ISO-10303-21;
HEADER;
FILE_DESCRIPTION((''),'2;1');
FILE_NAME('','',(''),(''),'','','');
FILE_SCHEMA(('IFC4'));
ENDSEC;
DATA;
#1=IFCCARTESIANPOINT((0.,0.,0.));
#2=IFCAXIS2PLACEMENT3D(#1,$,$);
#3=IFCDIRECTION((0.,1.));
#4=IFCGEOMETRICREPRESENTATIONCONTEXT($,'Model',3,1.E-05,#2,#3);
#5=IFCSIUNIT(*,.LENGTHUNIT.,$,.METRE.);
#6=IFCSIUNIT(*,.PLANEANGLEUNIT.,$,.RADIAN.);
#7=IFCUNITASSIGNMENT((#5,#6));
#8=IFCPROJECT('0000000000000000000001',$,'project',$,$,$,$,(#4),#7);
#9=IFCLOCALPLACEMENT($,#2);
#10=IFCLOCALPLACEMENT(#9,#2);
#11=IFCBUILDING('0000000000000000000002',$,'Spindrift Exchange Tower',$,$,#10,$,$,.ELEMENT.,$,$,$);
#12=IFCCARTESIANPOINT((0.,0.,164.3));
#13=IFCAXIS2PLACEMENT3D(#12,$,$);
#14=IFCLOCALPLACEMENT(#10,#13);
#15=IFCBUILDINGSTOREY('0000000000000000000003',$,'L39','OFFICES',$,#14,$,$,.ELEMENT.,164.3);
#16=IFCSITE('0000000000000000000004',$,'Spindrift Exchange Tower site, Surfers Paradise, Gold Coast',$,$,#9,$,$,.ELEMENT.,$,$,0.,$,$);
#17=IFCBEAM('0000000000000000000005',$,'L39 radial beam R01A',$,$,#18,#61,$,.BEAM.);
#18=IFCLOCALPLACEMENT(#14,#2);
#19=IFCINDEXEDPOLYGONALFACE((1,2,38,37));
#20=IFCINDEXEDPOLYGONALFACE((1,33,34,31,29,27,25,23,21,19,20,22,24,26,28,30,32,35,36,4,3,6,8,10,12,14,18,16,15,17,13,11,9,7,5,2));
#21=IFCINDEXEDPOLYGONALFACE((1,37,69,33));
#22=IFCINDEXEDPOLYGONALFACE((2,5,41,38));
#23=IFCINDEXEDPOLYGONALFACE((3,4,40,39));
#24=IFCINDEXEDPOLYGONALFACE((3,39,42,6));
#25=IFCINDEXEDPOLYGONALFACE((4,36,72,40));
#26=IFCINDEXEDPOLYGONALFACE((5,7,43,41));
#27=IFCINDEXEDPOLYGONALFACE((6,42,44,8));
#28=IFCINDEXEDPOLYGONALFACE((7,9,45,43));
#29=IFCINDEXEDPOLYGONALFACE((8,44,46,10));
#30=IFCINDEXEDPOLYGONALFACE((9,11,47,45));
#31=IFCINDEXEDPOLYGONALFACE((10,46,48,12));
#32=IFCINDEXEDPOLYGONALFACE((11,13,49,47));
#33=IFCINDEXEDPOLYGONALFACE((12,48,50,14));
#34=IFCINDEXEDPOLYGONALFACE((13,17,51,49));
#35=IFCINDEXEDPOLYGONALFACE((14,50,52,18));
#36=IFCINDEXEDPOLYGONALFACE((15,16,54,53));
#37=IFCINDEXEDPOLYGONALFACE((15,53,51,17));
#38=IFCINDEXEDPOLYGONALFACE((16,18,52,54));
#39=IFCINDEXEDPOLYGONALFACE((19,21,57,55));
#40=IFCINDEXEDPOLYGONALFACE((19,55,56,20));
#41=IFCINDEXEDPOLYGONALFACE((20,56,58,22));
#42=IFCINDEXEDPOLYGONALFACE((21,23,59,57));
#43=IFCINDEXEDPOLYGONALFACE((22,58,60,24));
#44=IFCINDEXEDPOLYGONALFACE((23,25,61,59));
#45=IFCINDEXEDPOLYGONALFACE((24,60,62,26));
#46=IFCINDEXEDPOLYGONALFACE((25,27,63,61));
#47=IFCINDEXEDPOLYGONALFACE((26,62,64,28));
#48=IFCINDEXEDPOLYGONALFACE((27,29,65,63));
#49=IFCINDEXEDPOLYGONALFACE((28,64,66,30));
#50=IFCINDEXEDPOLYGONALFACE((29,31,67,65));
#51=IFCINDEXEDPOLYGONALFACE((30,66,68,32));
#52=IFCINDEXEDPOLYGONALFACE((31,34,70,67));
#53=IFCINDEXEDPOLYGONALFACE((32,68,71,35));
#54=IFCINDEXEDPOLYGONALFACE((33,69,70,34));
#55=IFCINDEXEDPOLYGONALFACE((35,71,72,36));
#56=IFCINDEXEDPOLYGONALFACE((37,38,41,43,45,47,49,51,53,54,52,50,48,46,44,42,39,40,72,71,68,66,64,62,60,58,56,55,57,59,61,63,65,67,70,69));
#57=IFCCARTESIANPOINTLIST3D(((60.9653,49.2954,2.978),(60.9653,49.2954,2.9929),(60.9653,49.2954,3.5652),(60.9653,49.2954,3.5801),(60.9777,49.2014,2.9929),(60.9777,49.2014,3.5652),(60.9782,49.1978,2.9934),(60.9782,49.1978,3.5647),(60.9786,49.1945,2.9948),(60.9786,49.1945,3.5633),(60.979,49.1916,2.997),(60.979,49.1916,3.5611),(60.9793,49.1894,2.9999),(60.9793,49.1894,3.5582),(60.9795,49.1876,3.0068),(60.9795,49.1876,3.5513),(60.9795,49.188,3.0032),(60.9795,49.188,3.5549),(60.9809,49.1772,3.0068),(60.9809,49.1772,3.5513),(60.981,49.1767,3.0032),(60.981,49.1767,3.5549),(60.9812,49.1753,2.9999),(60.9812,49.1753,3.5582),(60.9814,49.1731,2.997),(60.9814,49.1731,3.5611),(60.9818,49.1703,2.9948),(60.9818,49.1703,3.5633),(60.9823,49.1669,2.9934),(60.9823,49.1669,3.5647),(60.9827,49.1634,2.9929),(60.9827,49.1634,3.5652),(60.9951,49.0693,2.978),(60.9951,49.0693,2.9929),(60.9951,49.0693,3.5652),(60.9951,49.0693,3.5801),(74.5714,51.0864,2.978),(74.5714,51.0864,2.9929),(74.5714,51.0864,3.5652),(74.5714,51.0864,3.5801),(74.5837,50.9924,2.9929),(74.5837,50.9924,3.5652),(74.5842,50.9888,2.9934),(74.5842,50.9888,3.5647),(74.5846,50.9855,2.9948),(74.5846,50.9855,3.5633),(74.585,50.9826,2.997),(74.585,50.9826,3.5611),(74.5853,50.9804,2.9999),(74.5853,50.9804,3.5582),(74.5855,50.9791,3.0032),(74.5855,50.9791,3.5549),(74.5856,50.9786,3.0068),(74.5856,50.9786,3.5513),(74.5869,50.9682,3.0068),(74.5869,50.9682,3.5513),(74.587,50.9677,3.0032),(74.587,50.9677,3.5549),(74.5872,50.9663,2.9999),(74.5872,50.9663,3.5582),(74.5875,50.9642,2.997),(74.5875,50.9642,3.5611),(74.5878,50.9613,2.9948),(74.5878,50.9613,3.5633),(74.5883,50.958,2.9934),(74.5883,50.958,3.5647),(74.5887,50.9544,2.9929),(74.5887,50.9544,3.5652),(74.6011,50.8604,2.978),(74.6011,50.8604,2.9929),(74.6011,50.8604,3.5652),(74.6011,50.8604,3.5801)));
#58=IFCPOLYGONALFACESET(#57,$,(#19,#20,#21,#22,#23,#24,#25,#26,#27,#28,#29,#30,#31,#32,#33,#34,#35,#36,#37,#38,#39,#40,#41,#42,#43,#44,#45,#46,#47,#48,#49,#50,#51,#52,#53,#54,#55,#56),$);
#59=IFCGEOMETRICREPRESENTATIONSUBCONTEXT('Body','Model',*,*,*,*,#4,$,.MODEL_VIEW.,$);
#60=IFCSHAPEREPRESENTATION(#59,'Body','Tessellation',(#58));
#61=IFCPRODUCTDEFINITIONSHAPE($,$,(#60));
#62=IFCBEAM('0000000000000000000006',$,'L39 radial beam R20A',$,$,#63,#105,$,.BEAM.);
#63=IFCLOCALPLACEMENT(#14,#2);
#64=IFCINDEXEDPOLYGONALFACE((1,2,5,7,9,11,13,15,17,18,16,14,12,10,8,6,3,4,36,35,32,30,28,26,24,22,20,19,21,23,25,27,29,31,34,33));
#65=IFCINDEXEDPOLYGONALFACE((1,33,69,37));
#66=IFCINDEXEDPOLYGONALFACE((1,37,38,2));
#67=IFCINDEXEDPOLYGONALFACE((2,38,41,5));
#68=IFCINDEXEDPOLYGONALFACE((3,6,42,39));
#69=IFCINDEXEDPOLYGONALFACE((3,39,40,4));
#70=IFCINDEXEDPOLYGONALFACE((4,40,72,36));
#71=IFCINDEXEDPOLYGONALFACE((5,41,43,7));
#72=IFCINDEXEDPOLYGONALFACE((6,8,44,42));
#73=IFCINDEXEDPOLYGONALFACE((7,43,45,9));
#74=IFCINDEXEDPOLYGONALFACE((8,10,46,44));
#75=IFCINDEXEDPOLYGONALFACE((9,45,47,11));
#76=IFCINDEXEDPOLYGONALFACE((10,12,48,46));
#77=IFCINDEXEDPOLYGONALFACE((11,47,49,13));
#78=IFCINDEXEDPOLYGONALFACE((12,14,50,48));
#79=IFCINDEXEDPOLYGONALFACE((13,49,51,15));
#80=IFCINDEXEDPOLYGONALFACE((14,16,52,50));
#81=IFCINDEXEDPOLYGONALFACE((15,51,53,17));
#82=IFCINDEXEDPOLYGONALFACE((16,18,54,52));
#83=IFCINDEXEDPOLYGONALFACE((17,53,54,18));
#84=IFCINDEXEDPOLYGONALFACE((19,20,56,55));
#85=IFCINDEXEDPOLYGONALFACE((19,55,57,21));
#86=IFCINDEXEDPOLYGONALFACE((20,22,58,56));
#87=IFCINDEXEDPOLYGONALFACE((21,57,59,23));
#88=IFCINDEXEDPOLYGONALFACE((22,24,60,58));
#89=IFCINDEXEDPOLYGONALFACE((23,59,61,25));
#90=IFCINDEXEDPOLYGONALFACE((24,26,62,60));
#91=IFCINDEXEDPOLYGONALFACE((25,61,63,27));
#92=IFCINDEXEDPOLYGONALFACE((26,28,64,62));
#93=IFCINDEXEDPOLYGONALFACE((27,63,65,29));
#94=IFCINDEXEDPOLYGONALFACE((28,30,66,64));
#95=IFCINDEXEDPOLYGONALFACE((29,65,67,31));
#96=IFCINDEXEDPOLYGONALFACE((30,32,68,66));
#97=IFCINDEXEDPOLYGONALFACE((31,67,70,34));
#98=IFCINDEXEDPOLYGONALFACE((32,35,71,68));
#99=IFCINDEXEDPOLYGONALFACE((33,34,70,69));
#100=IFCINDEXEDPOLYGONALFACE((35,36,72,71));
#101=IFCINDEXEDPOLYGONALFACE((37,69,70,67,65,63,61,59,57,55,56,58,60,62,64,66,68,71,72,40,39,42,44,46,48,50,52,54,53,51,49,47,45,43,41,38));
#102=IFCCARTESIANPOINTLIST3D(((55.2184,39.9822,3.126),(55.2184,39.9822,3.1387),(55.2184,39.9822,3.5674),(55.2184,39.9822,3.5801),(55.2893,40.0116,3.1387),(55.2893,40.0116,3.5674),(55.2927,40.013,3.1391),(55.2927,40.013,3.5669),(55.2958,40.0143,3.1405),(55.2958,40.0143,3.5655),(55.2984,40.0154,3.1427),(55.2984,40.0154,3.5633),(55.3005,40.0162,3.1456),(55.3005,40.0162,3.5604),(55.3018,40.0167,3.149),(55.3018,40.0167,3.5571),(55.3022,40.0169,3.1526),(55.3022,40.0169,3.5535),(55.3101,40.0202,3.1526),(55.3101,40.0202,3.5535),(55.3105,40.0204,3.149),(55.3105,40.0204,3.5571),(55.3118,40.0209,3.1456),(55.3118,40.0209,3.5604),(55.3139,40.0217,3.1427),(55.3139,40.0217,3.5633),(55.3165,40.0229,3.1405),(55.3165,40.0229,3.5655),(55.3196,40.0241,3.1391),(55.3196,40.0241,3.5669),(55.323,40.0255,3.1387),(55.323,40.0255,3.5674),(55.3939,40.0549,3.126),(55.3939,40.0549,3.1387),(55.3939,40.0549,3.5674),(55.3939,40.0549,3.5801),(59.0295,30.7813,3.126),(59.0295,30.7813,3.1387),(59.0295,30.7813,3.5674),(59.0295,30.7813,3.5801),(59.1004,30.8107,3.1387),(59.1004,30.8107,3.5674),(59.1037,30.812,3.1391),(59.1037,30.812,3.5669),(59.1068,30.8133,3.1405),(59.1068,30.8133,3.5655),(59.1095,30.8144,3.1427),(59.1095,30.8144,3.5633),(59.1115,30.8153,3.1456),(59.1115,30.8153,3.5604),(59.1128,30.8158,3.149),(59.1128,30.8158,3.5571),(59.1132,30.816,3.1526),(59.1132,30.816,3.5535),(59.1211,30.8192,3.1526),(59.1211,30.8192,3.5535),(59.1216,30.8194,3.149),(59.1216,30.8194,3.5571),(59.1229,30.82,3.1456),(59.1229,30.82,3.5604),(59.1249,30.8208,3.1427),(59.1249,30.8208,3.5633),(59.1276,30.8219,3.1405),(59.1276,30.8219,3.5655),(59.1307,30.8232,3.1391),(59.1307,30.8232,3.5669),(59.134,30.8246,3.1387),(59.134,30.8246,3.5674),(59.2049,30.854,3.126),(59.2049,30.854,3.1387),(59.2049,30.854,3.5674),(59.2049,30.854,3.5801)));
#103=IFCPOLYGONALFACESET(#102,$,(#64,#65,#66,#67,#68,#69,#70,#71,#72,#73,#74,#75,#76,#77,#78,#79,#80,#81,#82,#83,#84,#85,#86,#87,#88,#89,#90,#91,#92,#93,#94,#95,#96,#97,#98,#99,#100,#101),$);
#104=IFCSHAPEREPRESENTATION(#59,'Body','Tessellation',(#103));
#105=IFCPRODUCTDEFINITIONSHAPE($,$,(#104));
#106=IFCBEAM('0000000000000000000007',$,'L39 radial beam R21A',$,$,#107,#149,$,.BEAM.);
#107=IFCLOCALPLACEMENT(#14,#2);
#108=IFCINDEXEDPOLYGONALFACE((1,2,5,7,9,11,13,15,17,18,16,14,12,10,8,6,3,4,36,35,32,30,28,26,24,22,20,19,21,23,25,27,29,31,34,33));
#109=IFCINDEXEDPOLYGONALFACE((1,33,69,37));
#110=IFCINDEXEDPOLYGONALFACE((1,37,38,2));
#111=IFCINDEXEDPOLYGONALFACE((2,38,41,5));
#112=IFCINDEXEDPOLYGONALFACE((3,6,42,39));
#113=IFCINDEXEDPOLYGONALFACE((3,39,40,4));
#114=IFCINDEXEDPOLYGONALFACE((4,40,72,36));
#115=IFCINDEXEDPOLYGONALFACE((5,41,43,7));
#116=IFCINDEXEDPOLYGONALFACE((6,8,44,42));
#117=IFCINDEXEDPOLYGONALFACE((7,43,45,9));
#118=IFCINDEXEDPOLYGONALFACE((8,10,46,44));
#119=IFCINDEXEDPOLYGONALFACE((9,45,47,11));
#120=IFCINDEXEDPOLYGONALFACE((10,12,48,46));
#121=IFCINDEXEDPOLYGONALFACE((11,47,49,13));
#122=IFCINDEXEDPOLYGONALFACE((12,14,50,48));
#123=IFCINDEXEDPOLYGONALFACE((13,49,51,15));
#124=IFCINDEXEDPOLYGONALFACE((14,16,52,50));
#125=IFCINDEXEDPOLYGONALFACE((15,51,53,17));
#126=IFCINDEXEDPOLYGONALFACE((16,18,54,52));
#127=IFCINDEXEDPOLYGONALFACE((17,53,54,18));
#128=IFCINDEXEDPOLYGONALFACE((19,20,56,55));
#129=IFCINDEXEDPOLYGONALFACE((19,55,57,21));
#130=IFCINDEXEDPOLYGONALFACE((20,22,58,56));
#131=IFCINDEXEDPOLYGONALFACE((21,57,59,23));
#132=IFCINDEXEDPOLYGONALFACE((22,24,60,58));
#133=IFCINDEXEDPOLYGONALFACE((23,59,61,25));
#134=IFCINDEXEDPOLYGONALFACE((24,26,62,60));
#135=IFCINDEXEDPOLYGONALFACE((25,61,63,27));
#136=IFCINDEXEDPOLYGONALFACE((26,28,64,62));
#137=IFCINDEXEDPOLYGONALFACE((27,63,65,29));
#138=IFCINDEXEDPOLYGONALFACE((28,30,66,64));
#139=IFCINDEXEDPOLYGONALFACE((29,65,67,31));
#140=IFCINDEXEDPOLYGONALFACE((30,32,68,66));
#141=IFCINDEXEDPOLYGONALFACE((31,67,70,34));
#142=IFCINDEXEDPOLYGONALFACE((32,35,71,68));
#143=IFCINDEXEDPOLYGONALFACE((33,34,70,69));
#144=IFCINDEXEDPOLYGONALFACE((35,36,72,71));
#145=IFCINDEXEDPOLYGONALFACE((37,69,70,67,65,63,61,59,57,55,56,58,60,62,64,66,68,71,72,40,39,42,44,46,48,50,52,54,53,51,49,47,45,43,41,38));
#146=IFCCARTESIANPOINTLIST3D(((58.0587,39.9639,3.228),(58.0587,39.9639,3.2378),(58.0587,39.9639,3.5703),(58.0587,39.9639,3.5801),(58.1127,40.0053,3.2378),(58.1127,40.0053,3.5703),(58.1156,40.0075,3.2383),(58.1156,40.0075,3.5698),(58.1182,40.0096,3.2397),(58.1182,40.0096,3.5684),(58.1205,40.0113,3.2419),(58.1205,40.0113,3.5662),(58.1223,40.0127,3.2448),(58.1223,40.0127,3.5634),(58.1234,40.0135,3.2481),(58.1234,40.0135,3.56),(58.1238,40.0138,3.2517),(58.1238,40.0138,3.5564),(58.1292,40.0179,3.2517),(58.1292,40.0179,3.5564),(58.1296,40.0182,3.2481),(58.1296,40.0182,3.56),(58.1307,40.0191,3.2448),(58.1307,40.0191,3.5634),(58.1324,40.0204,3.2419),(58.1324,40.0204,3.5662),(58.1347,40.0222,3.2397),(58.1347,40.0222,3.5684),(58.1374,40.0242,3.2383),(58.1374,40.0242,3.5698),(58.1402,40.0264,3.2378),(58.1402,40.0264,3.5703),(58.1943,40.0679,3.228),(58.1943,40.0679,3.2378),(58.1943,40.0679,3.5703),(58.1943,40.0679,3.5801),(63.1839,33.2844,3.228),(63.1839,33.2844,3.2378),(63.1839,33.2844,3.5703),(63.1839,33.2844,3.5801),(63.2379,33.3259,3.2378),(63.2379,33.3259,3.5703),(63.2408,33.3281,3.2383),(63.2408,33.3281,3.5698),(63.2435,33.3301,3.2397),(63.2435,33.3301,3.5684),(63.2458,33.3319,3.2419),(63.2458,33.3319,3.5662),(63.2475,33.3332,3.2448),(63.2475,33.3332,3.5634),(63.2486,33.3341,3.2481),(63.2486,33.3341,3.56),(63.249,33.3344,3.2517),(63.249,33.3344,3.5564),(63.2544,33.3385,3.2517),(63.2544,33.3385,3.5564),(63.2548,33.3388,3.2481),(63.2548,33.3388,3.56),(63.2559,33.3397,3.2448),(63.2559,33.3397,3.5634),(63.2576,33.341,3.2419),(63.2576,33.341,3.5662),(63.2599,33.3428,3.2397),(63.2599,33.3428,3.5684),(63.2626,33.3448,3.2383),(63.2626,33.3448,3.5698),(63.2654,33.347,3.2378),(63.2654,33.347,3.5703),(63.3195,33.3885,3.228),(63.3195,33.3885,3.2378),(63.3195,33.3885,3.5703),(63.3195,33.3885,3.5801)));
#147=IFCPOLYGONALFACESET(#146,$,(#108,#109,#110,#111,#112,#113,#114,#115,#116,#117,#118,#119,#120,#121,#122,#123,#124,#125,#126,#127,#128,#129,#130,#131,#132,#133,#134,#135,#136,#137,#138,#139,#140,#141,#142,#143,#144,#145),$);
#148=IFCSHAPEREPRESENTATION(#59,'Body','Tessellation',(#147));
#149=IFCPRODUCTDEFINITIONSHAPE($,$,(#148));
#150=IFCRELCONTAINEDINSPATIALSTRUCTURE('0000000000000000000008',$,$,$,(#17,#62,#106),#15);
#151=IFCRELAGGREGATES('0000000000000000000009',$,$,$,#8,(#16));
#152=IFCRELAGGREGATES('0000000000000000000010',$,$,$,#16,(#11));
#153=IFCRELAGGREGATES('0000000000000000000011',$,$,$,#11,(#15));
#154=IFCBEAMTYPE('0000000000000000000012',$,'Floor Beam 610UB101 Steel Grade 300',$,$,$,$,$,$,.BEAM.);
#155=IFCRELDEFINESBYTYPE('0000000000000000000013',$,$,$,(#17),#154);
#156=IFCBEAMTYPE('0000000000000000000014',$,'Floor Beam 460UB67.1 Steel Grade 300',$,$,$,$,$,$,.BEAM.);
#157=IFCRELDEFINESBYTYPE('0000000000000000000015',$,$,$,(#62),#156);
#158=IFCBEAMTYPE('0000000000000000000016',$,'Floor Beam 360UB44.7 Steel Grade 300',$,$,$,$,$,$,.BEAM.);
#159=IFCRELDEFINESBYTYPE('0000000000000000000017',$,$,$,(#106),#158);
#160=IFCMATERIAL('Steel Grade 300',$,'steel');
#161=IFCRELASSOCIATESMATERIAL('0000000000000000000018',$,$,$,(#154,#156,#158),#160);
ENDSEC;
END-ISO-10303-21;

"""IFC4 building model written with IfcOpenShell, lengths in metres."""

from ifc_helpers import new_model, si_unit, direction, frame, origin, origin_2d, place, context, subcontext, project, spatial, i_section, extrude, source, transform, mapped, material, material_profile, profile_set, type_object, element, save


model = new_model("IFC4")

# Units and contexts
model_context = context("Model", 3, precision=1e-05, world=origin(), true_north=direction((0.0, 1.0)))
body_context = subcontext(model_context, "Body", "Model", "MODEL_VIEW")
ifc_project = project(units=[si_unit("LENGTHUNIT", "METRE"), si_unit("PLANEANGLEUNIT", "RADIAN")], contexts=[model_context])

# Site, building, storey
site_placement = place(None, origin())
site = spatial("IfcSite", under=ifc_project, at=site_placement, Name="Spindrift Exchange Tower site, Surfers Paradise, Gold Coast", CompositionType="ELEMENT", RefElevation=0.0)
building_placement = place(site_placement, origin())
building = spatial("IfcBuilding", under=site, at=building_placement, Name="Spindrift Exchange Tower", CompositionType="ELEMENT")
storey_placement = place(building_placement, frame((0.0, 0.0, 164.3)))
storey = spatial("IfcBuildingStorey", under=building, at=storey_placement, Name="L39", Description="OFFICES", CompositionType="ELEMENT", Elevation=164.3)

# Beams
ifc_material_1 = material(Name="Steel Grade 300", Category="steel")
ifc_material_profile_1 = material_profile(ifc_material_1, i_section(OverallWidth=0.228, OverallDepth=0.6021, WebThickness=0.0105, FlangeThickness=0.0149, FilletRadius=0.0139, at=origin_2d()), Name="610UB101")
ifc_profile_set_1 = profile_set([ifc_material_profile_1], Name="Steel Grade 300")
beam_type_1 = type_object("IfcBeamType", Name="Floor Beam 610UB101 Steel Grade 300", PredefinedType="BEAM", material=ifc_profile_set_1)
shared_shape_1 = source(origin(), body_context, "Body", "SweptSolid", [
    extrude(i_section(OverallWidth=0.228, OverallDepth=0.6021, WebThickness=0.0105, FlangeThickness=0.0149, FilletRadius=0.0139, at=origin_2d()), origin(), (0.0, 0.0, 1.0), 13.7234),
])
beam_1_placement = place(storey_placement, frame((60.9802, 49.1824, 3.2791), z_axis=(0.991447, 0.130509, 0.0), x_axis=(-0.130509, 0.991447, 0.0)))
element("IfcBeam", 1, at=beam_1_placement, inside=storey, type_object=beam_type_1, Name="L39 radial beam R01A", PredefinedType="BEAM", context=body_context, shape_type="MappedRepresentation", body=[
    mapped(shared_shape_1, transform((0.0, 0.0, 0.0), scale=1.0)),
])
ifc_material_profile_2 = material_profile(ifc_material_1, i_section(OverallWidth=0.1899, OverallDepth=0.4541, WebThickness=0.0085, FlangeThickness=0.0127, FilletRadius=0.0139, at=origin_2d()), Name="460UB67.1")
ifc_profile_set_2 = profile_set([ifc_material_profile_2], Name="Steel Grade 300")
beam_type_2 = type_object("IfcBeamType", Name="Floor Beam 460UB67.1 Steel Grade 300", PredefinedType="BEAM", material=ifc_profile_set_2)
shared_shape_2 = source(origin(), body_context, "Body", "SweptSolid", [
    extrude(i_section(OverallWidth=0.1899, OverallDepth=0.4541, WebThickness=0.0085, FlangeThickness=0.0127, FilletRadius=0.0139, at=origin_2d()), origin(), (0.0, 0.0, 1.0), 9.959),
])
beam_2_placement = place(storey_placement, frame((55.3062, 40.0186, 3.353), z_axis=(0.382674, -0.923884, 0.0), x_axis=(0.923884, 0.382674, 0.0)))
element("IfcBeam", 2, at=beam_2_placement, inside=storey, type_object=beam_type_2, Name="L39 radial beam R20A", PredefinedType="BEAM", context=body_context, shape_type="MappedRepresentation", body=[
    mapped(shared_shape_2, transform((0.0, 0.0, 0.0), scale=1.0)),
])
ifc_material_profile_3 = material_profile(ifc_material_1, i_section(OverallWidth=0.1709, OverallDepth=0.3521, WebThickness=0.0068, FlangeThickness=0.0098, FilletRadius=0.0139, at=origin_2d()), Name="360UB44.7")
ifc_profile_set_3 = profile_set([ifc_material_profile_3], Name="Steel Grade 300")
beam_type_3 = type_object("IfcBeamType", Name="Floor Beam 360UB44.7 Steel Grade 300", PredefinedType="BEAM", material=ifc_profile_set_3)
shared_shape_3 = source(origin(), body_context, "Body", "SweptSolid", [
    extrude(i_section(OverallWidth=0.1709, OverallDepth=0.3521, WebThickness=0.0068, FlangeThickness=0.0098, FilletRadius=0.0139, at=origin_2d()), origin(), (0.0, 0.0, 1.0), 8.4192),
])
beam_3_placement = place(storey_placement, frame((58.1265, 40.0159, 3.4041), z_axis=(0.608756, -0.793358, 0.0), x_axis=(0.793358, 0.608756, 0.0)))
element("IfcBeam", 3, at=beam_3_placement, inside=storey, type_object=beam_type_3, Name="L39 radial beam R21A", PredefinedType="BEAM", context=body_context, shape_type="MappedRepresentation", body=[
    mapped(shared_shape_3, transform((0.0, 0.0, 0.0), scale=1.0)),
])

save(model, "model.ifc")
